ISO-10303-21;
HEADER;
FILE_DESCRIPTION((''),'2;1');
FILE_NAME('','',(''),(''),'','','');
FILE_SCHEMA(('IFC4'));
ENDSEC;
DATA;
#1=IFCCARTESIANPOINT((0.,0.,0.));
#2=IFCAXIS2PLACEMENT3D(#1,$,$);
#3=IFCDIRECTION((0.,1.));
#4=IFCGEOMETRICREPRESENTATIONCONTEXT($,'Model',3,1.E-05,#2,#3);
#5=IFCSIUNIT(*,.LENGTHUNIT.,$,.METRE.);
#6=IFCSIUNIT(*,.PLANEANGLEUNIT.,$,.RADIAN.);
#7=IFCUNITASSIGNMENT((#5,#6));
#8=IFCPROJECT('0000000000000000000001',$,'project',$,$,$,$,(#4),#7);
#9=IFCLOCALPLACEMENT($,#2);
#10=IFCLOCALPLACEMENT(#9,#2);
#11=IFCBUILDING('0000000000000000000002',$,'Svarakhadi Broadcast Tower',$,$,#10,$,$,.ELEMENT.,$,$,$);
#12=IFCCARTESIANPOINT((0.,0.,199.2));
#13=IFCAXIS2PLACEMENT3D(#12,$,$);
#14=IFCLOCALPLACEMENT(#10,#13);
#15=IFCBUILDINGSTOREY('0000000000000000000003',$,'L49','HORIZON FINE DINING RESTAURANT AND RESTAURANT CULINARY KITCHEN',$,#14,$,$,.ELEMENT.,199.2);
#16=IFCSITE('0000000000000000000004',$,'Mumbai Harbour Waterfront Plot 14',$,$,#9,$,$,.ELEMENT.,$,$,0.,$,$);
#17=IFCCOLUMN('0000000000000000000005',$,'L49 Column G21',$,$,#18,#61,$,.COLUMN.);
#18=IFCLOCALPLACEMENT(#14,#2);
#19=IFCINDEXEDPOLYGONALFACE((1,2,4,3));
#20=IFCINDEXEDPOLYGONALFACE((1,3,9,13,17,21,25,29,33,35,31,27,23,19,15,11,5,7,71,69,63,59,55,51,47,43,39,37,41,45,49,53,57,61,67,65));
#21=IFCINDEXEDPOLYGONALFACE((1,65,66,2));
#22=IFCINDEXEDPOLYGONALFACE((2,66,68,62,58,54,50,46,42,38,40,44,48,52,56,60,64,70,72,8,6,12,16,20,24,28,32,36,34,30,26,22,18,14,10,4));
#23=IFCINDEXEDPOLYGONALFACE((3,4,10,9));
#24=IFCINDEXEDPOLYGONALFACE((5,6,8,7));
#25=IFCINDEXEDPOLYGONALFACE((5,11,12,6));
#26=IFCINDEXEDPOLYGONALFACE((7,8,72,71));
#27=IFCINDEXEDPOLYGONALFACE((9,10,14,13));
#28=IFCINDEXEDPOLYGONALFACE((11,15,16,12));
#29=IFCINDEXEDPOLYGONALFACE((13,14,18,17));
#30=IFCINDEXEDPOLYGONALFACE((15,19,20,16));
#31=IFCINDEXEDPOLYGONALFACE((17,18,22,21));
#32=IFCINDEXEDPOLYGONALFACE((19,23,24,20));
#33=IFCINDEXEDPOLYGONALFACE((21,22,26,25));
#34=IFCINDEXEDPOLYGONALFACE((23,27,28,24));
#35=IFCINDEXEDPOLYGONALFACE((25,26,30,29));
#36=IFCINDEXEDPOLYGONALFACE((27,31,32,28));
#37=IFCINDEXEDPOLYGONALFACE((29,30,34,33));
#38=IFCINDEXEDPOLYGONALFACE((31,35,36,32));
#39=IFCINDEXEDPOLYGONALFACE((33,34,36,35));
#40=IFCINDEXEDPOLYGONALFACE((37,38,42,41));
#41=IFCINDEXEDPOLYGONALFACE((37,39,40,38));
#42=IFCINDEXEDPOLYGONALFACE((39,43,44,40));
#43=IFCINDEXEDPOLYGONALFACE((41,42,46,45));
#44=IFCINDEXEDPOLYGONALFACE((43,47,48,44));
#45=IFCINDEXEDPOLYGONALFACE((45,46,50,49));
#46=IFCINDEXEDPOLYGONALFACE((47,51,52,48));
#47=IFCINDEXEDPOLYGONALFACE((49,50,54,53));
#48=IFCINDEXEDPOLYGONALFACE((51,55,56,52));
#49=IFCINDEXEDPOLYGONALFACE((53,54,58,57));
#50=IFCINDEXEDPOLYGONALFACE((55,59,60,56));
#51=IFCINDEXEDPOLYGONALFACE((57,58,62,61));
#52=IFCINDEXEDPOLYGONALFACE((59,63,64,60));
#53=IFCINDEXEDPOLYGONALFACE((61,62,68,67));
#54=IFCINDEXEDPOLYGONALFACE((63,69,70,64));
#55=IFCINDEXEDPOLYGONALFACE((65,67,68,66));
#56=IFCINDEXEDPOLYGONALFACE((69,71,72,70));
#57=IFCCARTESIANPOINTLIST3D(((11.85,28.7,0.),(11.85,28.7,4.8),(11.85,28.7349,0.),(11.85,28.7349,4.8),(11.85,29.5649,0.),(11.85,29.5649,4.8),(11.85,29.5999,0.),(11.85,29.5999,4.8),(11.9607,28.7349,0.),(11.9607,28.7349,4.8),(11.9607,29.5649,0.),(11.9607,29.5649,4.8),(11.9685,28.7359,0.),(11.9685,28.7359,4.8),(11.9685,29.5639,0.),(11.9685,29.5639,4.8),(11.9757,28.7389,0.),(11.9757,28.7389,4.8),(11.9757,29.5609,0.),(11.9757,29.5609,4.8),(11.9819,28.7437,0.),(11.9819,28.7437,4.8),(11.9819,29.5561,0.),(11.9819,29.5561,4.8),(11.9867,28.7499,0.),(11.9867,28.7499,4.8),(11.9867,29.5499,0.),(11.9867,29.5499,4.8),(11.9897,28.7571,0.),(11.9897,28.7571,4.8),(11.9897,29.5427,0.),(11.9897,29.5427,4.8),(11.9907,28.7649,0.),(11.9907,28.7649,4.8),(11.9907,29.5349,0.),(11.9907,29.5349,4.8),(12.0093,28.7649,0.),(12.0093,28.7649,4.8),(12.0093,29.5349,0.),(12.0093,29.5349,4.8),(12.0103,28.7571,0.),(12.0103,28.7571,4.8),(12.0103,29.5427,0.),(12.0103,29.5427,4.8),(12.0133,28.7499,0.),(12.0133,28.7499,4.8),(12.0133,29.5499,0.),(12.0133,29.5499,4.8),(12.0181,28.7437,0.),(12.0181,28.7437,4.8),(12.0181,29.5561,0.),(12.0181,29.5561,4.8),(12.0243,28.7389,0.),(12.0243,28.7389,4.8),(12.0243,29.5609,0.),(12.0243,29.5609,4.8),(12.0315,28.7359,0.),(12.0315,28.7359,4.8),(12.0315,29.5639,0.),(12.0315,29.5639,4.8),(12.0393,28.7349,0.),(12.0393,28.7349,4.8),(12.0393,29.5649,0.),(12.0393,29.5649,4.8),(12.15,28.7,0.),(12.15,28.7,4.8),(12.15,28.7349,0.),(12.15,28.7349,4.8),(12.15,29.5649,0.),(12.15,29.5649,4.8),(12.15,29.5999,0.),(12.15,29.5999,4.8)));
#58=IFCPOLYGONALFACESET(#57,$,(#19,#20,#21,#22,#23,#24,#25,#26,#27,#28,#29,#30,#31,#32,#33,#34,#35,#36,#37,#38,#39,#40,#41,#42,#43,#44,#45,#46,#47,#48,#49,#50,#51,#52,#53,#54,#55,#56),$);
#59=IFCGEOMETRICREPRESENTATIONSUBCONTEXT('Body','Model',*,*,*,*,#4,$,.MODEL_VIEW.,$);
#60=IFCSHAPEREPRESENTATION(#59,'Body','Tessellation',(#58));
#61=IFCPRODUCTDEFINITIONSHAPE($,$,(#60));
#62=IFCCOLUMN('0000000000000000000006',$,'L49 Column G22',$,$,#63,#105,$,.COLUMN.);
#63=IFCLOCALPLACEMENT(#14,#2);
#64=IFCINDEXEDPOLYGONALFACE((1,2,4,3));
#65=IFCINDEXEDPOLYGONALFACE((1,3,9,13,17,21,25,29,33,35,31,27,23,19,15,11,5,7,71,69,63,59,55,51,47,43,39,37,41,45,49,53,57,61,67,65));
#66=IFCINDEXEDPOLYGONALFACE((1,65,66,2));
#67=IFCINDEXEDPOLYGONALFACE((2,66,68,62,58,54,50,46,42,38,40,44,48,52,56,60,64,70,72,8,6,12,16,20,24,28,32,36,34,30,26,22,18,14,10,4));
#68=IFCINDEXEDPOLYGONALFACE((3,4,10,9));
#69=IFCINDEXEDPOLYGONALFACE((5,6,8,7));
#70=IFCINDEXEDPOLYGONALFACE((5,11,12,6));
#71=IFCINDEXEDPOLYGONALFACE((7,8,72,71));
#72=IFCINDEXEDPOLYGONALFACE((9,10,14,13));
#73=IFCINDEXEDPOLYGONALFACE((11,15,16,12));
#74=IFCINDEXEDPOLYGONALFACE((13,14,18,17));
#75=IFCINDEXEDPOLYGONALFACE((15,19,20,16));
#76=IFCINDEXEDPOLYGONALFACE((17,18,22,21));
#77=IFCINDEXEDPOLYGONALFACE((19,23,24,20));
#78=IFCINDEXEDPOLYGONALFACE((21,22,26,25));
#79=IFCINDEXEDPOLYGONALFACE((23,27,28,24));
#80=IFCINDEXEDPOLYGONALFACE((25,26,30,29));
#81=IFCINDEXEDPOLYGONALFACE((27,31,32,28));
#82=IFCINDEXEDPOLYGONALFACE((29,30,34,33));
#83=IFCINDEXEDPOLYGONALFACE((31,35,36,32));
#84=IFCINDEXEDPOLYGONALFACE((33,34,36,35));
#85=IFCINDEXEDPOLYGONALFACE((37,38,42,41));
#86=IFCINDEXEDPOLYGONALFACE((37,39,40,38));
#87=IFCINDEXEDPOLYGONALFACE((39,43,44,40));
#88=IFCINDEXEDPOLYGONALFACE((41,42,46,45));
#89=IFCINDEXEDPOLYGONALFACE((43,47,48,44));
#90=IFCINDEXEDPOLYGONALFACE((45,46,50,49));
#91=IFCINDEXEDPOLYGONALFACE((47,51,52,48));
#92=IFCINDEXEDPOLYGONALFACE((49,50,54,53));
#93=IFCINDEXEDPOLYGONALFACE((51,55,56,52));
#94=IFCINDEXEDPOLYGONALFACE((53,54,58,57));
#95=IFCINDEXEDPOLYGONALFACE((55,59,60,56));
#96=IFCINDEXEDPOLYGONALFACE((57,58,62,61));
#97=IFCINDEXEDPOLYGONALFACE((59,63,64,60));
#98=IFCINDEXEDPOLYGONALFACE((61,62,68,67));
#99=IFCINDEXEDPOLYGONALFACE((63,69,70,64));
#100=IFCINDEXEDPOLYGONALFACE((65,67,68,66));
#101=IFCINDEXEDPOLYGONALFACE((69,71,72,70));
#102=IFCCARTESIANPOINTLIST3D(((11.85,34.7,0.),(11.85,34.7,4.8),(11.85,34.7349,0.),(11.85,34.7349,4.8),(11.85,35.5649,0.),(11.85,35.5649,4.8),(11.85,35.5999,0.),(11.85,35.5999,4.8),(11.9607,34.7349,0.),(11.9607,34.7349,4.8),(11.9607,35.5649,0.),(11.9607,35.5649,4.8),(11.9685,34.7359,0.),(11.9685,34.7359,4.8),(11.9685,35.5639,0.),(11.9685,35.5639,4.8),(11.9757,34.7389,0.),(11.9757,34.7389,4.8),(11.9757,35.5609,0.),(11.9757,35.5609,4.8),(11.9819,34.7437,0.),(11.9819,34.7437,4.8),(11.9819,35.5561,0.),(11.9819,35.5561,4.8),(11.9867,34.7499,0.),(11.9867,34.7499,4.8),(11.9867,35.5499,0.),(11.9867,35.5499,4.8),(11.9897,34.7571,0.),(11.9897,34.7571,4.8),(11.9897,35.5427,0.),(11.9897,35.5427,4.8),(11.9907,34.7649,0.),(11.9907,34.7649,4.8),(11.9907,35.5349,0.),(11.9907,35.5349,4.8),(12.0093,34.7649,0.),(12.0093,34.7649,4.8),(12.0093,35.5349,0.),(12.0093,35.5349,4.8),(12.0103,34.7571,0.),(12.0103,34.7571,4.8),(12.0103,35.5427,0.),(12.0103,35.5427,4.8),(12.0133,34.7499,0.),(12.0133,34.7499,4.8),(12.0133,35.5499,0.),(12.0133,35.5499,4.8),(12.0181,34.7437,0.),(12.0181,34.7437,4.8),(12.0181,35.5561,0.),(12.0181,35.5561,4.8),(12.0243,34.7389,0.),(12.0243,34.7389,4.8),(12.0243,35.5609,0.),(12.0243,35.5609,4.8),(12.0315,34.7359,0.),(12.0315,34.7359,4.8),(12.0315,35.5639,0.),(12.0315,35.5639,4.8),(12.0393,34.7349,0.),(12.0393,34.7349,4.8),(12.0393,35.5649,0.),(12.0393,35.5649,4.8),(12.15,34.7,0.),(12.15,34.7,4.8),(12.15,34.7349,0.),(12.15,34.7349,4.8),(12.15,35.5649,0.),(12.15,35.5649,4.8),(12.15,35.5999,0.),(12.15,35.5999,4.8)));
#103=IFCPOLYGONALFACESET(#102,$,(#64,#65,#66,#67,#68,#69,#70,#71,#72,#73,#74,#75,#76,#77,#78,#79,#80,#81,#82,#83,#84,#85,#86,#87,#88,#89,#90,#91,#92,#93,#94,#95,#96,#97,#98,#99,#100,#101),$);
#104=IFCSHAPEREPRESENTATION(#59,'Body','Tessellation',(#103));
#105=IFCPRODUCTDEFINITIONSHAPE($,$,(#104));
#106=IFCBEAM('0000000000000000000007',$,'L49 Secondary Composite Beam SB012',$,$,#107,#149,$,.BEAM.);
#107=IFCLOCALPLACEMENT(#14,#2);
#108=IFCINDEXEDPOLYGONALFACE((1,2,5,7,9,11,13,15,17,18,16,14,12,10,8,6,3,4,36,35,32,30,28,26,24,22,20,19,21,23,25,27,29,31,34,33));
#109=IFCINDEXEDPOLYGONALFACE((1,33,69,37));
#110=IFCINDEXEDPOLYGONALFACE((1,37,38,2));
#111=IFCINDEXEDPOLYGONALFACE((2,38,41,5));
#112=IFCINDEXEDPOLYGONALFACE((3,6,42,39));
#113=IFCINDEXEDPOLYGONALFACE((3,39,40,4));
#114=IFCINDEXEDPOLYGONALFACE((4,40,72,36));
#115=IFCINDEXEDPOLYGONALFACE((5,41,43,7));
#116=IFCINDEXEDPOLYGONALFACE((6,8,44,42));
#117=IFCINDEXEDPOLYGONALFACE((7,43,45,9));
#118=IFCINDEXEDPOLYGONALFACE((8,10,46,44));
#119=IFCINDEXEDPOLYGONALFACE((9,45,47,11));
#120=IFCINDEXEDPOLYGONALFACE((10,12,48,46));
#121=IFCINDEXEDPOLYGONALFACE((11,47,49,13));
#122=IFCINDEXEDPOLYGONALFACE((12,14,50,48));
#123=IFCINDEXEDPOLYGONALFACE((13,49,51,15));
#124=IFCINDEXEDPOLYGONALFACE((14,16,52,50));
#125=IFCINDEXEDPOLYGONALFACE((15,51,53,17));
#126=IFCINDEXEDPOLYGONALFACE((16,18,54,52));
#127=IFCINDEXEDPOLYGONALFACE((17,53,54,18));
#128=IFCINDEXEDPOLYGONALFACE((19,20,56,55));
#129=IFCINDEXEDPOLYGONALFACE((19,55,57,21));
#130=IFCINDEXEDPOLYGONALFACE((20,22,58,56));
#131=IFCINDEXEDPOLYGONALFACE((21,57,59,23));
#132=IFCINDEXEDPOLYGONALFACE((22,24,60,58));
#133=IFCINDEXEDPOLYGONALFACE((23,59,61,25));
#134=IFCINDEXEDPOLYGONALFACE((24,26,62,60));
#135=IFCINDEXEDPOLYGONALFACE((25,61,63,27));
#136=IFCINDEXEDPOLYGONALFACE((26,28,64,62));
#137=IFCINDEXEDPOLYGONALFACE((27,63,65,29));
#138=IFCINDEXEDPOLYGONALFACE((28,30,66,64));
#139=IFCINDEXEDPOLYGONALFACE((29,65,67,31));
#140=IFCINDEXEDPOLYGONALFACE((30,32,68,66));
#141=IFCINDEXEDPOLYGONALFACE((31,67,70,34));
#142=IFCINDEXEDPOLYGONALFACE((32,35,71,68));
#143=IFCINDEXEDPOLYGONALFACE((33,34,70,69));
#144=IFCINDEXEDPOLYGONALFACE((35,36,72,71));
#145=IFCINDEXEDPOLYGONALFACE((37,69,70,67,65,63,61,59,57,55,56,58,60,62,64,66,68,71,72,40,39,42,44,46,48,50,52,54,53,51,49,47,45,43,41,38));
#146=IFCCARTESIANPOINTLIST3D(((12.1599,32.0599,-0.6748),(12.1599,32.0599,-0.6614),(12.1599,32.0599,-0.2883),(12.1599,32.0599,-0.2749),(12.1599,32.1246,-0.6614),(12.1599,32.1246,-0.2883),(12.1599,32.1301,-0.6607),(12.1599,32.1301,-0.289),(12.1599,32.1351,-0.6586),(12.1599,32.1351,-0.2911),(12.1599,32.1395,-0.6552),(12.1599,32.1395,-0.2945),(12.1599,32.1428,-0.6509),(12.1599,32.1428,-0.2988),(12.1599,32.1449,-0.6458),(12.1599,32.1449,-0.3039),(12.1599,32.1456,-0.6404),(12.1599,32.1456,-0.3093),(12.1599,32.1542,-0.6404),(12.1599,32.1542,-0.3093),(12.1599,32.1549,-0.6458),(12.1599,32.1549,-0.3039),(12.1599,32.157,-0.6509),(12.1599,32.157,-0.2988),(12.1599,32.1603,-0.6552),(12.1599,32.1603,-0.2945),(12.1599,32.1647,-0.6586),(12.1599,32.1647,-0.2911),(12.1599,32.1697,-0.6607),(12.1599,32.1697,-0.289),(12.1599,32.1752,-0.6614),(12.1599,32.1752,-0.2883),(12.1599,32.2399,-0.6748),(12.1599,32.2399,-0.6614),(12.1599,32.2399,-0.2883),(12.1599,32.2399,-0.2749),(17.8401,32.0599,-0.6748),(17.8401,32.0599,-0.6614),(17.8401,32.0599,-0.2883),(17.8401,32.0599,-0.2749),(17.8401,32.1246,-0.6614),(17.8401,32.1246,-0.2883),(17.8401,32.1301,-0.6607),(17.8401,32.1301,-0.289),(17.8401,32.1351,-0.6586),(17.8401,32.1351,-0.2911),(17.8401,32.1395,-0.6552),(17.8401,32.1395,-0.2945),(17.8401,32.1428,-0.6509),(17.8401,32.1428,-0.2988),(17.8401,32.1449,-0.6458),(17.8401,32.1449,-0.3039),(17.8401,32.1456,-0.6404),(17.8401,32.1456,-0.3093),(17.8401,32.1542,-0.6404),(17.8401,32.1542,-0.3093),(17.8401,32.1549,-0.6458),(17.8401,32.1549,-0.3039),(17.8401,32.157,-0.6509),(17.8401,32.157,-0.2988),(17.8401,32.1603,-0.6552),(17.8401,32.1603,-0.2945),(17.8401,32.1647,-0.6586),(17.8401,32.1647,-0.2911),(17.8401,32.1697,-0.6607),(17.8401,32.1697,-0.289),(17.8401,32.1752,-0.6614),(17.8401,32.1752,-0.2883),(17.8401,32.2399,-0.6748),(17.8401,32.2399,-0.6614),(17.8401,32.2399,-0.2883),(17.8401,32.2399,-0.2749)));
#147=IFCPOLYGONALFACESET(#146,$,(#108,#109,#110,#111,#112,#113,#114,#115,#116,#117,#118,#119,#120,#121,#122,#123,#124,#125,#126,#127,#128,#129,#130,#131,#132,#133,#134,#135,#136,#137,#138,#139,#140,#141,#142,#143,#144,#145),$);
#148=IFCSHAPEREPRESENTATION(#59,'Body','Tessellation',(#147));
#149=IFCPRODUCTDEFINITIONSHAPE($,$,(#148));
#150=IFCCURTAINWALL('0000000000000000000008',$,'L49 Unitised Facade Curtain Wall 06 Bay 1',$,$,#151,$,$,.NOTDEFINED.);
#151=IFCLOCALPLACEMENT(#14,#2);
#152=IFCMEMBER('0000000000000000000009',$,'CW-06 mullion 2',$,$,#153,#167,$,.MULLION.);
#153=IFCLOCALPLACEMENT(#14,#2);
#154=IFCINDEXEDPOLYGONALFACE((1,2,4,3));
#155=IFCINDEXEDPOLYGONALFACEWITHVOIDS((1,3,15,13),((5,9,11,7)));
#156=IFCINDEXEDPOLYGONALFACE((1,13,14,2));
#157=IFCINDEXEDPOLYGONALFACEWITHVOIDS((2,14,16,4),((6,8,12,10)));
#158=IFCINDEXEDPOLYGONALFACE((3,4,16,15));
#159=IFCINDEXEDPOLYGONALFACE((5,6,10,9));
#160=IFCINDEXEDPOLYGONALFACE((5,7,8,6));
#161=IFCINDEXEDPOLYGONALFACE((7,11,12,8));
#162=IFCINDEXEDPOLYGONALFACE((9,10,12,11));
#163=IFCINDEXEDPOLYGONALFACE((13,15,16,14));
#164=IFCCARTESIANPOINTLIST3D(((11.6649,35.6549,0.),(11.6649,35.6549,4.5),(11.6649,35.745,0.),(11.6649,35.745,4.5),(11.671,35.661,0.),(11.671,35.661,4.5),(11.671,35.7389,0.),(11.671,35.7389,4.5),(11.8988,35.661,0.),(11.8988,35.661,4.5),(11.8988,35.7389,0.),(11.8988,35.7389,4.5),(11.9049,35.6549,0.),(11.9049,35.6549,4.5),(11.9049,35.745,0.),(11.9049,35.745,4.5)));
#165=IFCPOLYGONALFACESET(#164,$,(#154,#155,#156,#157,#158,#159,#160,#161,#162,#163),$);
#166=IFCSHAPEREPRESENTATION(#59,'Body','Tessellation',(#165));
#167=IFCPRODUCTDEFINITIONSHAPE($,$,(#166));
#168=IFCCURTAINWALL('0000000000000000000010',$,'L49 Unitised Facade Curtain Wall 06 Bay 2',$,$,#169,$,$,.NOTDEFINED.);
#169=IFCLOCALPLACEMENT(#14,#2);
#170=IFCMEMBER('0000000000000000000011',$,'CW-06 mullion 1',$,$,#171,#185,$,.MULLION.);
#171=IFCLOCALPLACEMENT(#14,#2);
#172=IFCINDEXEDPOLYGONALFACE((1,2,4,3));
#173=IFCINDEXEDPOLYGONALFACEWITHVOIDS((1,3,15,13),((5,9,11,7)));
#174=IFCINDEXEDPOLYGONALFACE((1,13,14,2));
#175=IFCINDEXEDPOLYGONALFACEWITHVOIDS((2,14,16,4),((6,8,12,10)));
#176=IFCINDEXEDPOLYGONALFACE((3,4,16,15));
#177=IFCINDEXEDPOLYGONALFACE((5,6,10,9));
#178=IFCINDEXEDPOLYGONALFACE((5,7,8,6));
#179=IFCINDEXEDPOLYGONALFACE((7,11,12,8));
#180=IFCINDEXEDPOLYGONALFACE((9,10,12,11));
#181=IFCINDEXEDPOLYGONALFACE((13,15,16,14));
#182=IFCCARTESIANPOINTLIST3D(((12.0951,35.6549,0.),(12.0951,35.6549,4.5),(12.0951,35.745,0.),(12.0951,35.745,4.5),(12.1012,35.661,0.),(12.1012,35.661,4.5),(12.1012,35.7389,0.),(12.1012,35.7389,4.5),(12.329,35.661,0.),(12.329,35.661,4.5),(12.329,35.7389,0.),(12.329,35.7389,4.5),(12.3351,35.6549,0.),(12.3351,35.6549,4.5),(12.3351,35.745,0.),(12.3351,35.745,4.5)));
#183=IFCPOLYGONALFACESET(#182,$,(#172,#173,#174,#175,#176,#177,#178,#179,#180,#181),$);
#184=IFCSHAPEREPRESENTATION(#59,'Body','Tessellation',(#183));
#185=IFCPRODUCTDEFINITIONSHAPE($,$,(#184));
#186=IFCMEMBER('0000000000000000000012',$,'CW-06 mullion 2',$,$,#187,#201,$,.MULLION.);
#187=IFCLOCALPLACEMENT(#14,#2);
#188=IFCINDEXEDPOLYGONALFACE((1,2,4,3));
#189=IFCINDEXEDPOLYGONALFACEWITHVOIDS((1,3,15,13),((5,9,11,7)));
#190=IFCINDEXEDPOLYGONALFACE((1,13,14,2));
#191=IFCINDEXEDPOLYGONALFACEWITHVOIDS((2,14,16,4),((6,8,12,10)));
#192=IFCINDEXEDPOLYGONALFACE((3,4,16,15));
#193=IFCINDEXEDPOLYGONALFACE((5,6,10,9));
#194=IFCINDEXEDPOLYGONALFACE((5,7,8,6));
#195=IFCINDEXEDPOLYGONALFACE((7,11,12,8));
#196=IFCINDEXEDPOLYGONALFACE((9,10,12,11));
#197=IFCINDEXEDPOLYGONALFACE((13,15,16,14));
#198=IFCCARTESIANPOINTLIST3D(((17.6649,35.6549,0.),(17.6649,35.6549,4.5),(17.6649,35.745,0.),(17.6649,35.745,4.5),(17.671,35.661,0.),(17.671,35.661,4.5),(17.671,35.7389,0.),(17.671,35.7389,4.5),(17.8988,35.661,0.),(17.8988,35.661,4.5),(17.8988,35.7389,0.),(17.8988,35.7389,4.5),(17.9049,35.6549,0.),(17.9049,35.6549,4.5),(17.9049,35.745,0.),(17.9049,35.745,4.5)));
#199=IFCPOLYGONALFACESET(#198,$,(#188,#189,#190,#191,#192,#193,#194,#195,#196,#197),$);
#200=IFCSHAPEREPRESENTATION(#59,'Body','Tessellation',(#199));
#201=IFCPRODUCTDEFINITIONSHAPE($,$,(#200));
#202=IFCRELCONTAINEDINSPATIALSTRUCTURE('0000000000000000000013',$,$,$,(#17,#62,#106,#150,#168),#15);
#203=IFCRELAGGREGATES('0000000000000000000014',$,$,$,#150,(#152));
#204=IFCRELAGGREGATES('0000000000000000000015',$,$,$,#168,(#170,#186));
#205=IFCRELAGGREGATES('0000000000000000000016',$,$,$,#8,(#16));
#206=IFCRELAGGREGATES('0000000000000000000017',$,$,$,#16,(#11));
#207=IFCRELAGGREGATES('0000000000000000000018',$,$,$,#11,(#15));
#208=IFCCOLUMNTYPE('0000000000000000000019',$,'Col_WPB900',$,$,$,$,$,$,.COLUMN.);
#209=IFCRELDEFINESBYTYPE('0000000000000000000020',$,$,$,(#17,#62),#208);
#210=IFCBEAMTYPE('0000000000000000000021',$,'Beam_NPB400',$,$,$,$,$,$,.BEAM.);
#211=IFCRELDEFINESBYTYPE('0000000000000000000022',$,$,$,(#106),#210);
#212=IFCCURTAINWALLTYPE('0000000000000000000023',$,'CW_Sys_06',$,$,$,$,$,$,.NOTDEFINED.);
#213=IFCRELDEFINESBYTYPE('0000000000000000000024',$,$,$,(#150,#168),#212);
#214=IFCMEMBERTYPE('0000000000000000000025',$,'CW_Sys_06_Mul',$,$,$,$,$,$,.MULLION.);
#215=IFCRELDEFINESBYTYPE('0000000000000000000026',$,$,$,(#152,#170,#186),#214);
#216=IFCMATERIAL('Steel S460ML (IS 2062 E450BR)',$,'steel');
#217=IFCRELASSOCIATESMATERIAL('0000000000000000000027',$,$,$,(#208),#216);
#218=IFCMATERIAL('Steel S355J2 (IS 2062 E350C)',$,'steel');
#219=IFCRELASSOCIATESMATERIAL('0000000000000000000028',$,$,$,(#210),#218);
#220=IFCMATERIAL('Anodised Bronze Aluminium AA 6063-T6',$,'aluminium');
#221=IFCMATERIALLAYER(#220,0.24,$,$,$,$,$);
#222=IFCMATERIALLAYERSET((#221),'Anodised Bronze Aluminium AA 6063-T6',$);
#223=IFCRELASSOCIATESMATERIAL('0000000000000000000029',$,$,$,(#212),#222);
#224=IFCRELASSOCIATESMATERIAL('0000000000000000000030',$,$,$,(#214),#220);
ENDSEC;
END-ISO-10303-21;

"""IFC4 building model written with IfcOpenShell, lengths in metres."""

from ifc_helpers import new_model, si_unit, direction, frame, origin, origin_2d, place, context, subcontext, project, spatial, hollow_rectangle, i_section, extrude, material, layer, layer_set, material_profile, profile_set, type_object, element, aggregate, save


model = new_model("IFC4")

# Units and contexts
model_context = context("Model", 3, precision=1e-05, world=origin(), true_north=direction((0.0, 1.0)))
body_context = subcontext(model_context, "Body", "Model", "MODEL_VIEW")
ifc_project = project(units=[si_unit("LENGTHUNIT", "METRE"), si_unit("PLANEANGLEUNIT", "RADIAN")], contexts=[model_context])

# Site, building, storey
site_placement = place(None, origin())
site = spatial("IfcSite", under=ifc_project, at=site_placement, Name="Mumbai Harbour Waterfront Plot 14", CompositionType="ELEMENT", RefElevation=0.0)
building_placement = place(site_placement, origin())
building = spatial("IfcBuilding", under=site, at=building_placement, Name="Svarakhadi Broadcast Tower", CompositionType="ELEMENT")
storey_placement = place(building_placement, frame((0.0, 0.0, 199.2)))
storey = spatial("IfcBuildingStorey", under=building, at=storey_placement, Name="L49", Description="HORIZON FINE DINING RESTAURANT AND RESTAURANT CULINARY KITCHEN", CompositionType="ELEMENT", Elevation=199.2)

# Columns
ifc_material_1 = material(Name="Steel S460ML (IS 2062 E450BR)", Category="steel")
ifc_material_profile_1 = material_profile(ifc_material_1, i_section(OverallWidth=0.3, OverallDepth=0.8999, WebThickness=0.0186, FlangeThickness=0.0349, FilletRadius=0.03, at=origin_2d()), Name="WPB 900x300x291")
ifc_profile_set_1 = profile_set([ifc_material_profile_1], Name="Steel S460ML (IS 2062 E450BR)")
column_type = type_object("IfcColumnType", Name="Col_WPB900", PredefinedType="COLUMN", material=ifc_profile_set_1)
for number, where, z_axis, x_axis, name in (
    (1, (12.0, 29.1499, 0.0), (0.0, 0.0, 1.0), (1.0, 0.0, 0.0), "L49 Column G21"),
    (2, (12.0, 35.1499, 0.0), (0.0, 0.0, 1.0), (1.0, 0.0, 0.0), "L49 Column G22"),
):
    element("IfcColumn", number, at=place(storey_placement, frame(where, z_axis=z_axis, x_axis=x_axis)), inside=storey, type_object=column_type, Name=name, PredefinedType="COLUMN", context=body_context, shape_type="SweptSolid", body=[
        extrude(i_section(OverallWidth=0.3, OverallDepth=0.8999, WebThickness=0.0186, FlangeThickness=0.0349, FilletRadius=0.03, at=origin_2d()), origin(), (0.0, 0.0, 1.0), 4.8),
    ])

# Beam
ifc_material_2 = material(Name="Steel S355J2 (IS 2062 E350C)", Category="steel")
ifc_material_profile_2 = material_profile(ifc_material_2, i_section(OverallWidth=0.1799, OverallDepth=0.3999, WebThickness=0.0085, FlangeThickness=0.0134, FilletRadius=0.021, at=origin_2d()), Name="NPB 400x180x66")
ifc_profile_set_2 = profile_set([ifc_material_profile_2], Name="Steel S355J2 (IS 2062 E350C)")
beam_type_1 = type_object("IfcBeamType", Name="Beam_NPB400", PredefinedType="BEAM", material=ifc_profile_set_2)
beam_placement = place(storey_placement, frame((12.1599, 32.1499, -0.4749), z_axis=(1.0, 0.0, 0.0), x_axis=(0.0, 1.0, 0.0)))
element("IfcBeam", 3, at=beam_placement, inside=storey, type_object=beam_type_1, Name="L49 Secondary Composite Beam SB012", PredefinedType="BEAM", context=body_context, shape_type="SweptSolid", body=[
    extrude(i_section(OverallWidth=0.1799, OverallDepth=0.3999, WebThickness=0.0085, FlangeThickness=0.0134, FilletRadius=0.021, at=origin_2d()), origin(), (0.0, 0.0, 1.0), 5.6802),
])

# Curtain wall, member
ifc_material_3 = material(Name="Anodised Bronze Aluminium AA 6063-T6", Category="aluminium")
ifc_layer_1 = layer(ifc_material_3, 0.24)
ifc_layer_set_1 = layer_set([ifc_layer_1], Name="Anodised Bronze Aluminium AA 6063-T6")
curtain_wall_type = type_object("IfcCurtainWallType", Name="CW_Sys_06", PredefinedType="NOTDEFINED", material=ifc_layer_set_1)
curtain_wall_1_placement = place(storey_placement, origin())
curtain_wall_1 = element("IfcCurtainWall", 4, at=curtain_wall_1_placement, inside=storey, type_object=curtain_wall_type, Name="L49 Unitised Facade Curtain Wall 06 Bay 1", PredefinedType="NOTDEFINED")
ifc_material_profile_3 = material_profile(ifc_material_3, hollow_rectangle(XDim=0.0901, YDim=0.24, WallThickness=0.0061, at=origin_2d()), Name="ALU MULLION 240x90x6")
ifc_profile_set_3 = profile_set([ifc_material_profile_3], Name="Anodised Bronze Aluminium AA 6063-T6")
member_type_1 = type_object("IfcMemberType", Name="CW_Sys_06_Mul", PredefinedType="MULLION", material=ifc_profile_set_3)
member_1_placement = place(storey_placement, frame((11.7849, 35.7, 0.0), z_axis=(0.0, 0.0, 1.0), x_axis=(0.0, 1.0, 0.0)))
member_1 = element("IfcMember", 5, at=member_1_placement, type_object=member_type_1, Name="CW-06 mullion 2", PredefinedType="MULLION", context=body_context, shape_type="SweptSolid", body=[
    extrude(hollow_rectangle(XDim=0.0901, YDim=0.24, WallThickness=0.0061, at=origin_2d()), origin(), (0.0, 0.0, 1.0), 4.5),
])

# Curtain wall, members
curtain_wall_2_placement = place(storey_placement, origin())
curtain_wall_2 = element("IfcCurtainWall", 6, at=curtain_wall_2_placement, inside=storey, type_object=curtain_wall_type, Name="L49 Unitised Facade Curtain Wall 06 Bay 2", PredefinedType="NOTDEFINED")
member_2_placement = place(storey_placement, frame((12.2151, 35.7, 0.0), z_axis=(0.0, 0.0, 1.0), x_axis=(0.0, 1.0, 0.0)))
member_2 = element("IfcMember", 7, at=member_2_placement, type_object=member_type_1, Name="CW-06 mullion 1", PredefinedType="MULLION", context=body_context, shape_type="SweptSolid", body=[
    extrude(hollow_rectangle(XDim=0.0901, YDim=0.24, WallThickness=0.0061, at=origin_2d()), origin(), (0.0, 0.0, 1.0), 4.5),
])
member_3_placement = place(storey_placement, frame((17.7849, 35.7, 0.0), z_axis=(0.0, 0.0, 1.0), x_axis=(0.0, 1.0, 0.0)))
member_3 = element("IfcMember", 8, at=member_3_placement, type_object=member_type_1, Name="CW-06 mullion 2", PredefinedType="MULLION", context=body_context, shape_type="SweptSolid", body=[
    extrude(hollow_rectangle(XDim=0.0901, YDim=0.24, WallThickness=0.0061, at=origin_2d()), origin(), (0.0, 0.0, 1.0), 4.5),
])

aggregate(curtain_wall_1, [member_1])
aggregate(curtain_wall_2, [member_2, member_3])

save(model, "model.ifc")
